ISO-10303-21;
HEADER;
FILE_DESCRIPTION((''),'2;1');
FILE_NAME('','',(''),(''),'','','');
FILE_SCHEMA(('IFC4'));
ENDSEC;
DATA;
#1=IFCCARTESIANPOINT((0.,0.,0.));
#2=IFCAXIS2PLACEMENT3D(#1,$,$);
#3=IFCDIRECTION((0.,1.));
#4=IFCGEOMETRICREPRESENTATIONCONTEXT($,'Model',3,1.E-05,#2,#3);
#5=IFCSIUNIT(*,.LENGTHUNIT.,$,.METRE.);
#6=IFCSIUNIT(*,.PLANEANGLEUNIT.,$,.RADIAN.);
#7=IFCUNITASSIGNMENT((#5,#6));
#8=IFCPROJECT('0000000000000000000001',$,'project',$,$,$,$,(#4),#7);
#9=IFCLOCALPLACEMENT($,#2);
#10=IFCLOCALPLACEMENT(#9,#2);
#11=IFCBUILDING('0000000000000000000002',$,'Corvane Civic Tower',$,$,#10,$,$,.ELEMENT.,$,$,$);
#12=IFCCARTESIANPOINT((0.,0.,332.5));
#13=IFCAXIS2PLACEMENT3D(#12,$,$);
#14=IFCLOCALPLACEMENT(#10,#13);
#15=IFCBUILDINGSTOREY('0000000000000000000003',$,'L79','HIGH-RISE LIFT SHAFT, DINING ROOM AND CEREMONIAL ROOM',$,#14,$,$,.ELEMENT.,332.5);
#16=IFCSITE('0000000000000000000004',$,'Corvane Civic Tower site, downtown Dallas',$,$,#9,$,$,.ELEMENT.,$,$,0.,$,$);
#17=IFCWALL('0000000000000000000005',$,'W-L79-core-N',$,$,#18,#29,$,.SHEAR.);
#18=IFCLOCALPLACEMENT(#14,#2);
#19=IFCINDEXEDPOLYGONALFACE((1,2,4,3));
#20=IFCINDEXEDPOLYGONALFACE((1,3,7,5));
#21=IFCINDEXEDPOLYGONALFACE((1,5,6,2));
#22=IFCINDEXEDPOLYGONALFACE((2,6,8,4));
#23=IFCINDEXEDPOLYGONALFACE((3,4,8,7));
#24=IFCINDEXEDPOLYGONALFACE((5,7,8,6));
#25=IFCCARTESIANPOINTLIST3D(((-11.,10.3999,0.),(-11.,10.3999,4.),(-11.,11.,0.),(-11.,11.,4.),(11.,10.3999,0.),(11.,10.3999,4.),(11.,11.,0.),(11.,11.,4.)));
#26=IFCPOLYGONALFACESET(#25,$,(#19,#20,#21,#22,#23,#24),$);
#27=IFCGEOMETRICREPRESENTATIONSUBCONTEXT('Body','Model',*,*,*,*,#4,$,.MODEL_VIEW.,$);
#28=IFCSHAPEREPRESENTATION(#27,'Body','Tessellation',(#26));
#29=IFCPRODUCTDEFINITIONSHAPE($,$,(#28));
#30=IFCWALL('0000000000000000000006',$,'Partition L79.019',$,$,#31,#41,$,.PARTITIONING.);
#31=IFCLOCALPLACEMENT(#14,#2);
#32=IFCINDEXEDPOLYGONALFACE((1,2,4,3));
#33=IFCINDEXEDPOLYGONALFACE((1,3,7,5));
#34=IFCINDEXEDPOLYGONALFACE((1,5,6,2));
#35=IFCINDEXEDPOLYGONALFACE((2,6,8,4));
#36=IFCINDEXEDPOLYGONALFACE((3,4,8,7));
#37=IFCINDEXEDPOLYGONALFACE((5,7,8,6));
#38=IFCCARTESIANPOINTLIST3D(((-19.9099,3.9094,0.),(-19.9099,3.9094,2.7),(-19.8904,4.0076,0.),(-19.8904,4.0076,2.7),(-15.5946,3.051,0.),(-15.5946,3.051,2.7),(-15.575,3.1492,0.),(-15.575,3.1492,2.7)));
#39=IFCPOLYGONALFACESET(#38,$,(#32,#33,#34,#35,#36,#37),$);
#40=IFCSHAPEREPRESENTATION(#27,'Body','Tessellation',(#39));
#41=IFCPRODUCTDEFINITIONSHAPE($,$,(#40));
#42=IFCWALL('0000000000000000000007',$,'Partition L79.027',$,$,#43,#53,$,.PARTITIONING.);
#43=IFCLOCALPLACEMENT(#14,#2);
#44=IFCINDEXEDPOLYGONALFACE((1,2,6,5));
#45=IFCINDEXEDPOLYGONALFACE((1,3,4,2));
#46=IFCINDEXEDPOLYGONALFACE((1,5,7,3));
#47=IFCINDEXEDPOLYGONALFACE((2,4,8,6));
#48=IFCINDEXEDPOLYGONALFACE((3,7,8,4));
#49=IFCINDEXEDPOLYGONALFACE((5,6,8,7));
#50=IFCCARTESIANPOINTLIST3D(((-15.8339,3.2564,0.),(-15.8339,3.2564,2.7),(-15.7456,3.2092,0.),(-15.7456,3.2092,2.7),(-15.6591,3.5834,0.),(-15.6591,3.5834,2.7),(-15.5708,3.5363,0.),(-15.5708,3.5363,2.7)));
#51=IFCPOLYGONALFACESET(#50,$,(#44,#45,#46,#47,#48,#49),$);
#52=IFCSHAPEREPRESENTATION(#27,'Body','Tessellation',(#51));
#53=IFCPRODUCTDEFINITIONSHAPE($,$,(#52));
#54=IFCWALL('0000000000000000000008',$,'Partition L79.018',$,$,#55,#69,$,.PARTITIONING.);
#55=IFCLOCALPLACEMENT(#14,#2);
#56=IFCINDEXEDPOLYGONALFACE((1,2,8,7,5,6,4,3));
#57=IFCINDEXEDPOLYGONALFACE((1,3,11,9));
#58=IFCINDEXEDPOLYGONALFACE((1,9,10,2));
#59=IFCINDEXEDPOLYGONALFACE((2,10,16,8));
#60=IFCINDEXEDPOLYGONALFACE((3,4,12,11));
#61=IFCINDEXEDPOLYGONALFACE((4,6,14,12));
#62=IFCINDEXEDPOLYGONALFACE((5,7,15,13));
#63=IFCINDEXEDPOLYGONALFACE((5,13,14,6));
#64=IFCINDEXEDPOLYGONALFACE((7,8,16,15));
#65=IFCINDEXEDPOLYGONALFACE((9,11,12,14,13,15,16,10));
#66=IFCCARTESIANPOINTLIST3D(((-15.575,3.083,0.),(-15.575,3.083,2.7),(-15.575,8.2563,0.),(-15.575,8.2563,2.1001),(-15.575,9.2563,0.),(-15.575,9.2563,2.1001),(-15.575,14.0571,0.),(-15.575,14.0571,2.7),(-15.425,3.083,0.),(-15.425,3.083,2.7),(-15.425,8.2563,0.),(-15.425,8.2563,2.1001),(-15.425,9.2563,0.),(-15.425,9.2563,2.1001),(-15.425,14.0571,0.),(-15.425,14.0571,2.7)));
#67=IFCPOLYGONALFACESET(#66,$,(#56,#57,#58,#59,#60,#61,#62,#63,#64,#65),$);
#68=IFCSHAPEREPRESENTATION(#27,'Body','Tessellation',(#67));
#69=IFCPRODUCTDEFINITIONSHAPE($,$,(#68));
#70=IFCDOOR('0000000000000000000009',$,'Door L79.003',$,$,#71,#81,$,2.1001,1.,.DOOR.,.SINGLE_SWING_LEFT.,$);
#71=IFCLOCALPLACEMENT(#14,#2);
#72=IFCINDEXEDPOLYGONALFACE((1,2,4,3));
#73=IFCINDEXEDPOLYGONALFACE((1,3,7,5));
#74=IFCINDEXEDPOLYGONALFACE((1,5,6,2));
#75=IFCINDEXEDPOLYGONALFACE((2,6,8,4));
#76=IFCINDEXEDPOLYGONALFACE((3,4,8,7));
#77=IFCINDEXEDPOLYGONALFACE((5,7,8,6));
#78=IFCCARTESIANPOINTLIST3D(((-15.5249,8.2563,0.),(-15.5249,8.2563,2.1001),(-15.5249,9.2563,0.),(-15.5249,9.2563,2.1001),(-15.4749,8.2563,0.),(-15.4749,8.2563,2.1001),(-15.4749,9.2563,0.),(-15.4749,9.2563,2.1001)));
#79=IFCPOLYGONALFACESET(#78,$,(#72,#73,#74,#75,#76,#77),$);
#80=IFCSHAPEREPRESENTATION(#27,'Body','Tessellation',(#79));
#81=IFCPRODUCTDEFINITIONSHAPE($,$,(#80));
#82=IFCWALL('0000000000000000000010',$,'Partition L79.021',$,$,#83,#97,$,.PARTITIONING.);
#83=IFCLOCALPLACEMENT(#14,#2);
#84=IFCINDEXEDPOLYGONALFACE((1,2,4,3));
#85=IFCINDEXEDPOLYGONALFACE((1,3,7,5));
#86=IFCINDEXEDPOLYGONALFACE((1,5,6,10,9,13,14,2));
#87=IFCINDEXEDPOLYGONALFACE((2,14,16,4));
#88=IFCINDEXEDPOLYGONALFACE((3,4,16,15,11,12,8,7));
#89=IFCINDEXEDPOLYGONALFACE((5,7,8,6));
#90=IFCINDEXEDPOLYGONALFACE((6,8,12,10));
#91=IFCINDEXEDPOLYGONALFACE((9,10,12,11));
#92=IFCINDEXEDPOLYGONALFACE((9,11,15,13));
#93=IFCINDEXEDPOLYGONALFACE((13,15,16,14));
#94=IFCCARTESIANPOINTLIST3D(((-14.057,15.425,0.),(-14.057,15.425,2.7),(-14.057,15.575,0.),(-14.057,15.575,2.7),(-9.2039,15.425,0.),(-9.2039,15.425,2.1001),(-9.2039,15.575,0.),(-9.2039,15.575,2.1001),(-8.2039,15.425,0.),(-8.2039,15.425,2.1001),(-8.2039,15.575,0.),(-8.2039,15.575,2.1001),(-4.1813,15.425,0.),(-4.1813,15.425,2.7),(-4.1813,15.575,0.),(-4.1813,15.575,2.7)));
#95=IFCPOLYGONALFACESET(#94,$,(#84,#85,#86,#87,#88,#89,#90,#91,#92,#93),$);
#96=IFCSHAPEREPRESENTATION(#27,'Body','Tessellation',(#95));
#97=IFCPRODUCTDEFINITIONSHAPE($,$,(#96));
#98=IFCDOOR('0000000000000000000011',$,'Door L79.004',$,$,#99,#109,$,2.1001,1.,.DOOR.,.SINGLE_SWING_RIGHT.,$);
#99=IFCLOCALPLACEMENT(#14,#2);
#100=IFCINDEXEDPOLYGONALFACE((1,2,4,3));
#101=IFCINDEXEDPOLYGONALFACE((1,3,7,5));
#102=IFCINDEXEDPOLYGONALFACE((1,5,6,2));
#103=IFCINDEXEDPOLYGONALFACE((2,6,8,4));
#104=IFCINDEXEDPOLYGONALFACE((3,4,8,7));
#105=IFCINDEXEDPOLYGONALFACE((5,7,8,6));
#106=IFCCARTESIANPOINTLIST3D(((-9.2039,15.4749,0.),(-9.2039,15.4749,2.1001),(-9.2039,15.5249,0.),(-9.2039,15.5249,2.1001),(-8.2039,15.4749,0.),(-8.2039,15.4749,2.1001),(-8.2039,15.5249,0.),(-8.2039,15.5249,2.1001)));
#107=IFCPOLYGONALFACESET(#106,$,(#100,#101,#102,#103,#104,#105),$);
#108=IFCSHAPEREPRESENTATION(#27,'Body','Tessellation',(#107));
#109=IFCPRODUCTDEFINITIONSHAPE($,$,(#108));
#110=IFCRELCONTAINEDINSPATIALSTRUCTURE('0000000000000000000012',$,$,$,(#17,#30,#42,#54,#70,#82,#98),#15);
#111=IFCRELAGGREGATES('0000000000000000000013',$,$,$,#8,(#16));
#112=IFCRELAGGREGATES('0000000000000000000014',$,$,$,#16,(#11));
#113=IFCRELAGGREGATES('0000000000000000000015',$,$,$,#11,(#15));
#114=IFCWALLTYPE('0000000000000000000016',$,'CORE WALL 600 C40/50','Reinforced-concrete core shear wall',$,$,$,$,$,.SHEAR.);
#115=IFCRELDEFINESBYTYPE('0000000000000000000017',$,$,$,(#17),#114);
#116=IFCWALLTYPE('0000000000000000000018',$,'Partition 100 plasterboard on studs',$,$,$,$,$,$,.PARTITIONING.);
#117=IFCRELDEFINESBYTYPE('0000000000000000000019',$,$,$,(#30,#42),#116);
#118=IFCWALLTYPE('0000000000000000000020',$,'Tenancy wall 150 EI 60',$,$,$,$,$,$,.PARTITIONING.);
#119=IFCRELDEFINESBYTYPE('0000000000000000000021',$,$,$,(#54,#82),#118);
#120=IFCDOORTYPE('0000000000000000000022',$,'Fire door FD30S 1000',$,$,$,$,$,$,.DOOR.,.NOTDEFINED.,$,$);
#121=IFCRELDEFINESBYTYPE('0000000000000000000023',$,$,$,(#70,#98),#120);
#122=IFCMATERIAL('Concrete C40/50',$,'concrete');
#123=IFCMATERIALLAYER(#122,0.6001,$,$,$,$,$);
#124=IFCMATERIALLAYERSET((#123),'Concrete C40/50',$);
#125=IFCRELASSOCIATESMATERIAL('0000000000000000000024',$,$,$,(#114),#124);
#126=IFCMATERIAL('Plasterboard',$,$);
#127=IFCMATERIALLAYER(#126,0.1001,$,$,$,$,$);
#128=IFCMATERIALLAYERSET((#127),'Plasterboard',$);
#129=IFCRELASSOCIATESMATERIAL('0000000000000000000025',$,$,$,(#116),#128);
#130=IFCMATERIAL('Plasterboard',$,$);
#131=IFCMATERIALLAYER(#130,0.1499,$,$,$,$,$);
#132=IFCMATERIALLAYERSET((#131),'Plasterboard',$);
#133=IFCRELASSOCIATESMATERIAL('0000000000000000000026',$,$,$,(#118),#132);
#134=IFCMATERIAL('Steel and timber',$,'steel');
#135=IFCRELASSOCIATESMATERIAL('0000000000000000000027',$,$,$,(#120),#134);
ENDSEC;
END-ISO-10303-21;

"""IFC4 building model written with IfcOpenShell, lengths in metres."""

from ifc_helpers import new_model, si_unit, direction, frame, frame_2d, origin, place, context, subcontext, project, spatial, rectangle, extrude, material, layer, layer_set, type_object, element, fill, save


model = new_model("IFC4")

# Units and contexts
model_context = context("Model", 3, precision=1e-05, world=origin(), true_north=direction((0.0, 1.0)))
body_context = subcontext(model_context, "Body", "Model", "MODEL_VIEW")
ifc_project = project(units=[si_unit("LENGTHUNIT", "METRE"), si_unit("PLANEANGLEUNIT", "RADIAN")], contexts=[model_context])

# Site, building, storey
site_placement = place(None, origin())
site = spatial("IfcSite", under=ifc_project, at=site_placement, Name="Corvane Civic Tower site, downtown Dallas", CompositionType="ELEMENT", RefElevation=0.0)
building_placement = place(site_placement, origin())
building = spatial("IfcBuilding", under=site, at=building_placement, Name="Corvane Civic Tower", CompositionType="ELEMENT")
storey_placement = place(building_placement, frame((0.0, 0.0, 332.5)))
storey = spatial("IfcBuildingStorey", under=building, at=storey_placement, Name="L79", Description="HIGH-RISE LIFT SHAFT, DINING ROOM AND CEREMONIAL ROOM", CompositionType="ELEMENT", Elevation=332.5)

# Walls
ifc_material_1 = material(Name="Concrete C40/50", Category="concrete")
ifc_layer_1 = layer(ifc_material_1, 0.6001)
ifc_layer_set_1 = layer_set([ifc_layer_1], Name="Concrete C40/50")
wall_type_1 = type_object("IfcWallType", Name="CORE WALL 600 C40/50", Description="Reinforced-concrete core shear wall", PredefinedType="SHEAR", material=ifc_layer_set_1)
wall_1_placement = place(storey_placement, frame((-11.0, 10.7, 0.0), z_axis=(0.0, 0.0, 1.0), x_axis=(1.0, 0.0, 0.0)))
element("IfcWall", 1, at=wall_1_placement, inside=storey, type_object=wall_type_1, Name="W-L79-core-N", PredefinedType="SHEAR", context=body_context, shape_type="SweptSolid", body=[
    extrude(rectangle(XDim=22.0, YDim=0.6001, at=frame_2d((11.0, 0.0))), origin(), (0.0, 0.0, 1.0), 4.0),
])
ifc_material_2 = material(Name="Plasterboard")
ifc_layer_2 = layer(ifc_material_2, 0.1001)
ifc_layer_set_2 = layer_set([ifc_layer_2], Name="Plasterboard")
wall_type_2 = type_object("IfcWallType", Name="Partition 100 plasterboard on studs", PredefinedType="PARTITIONING", material=ifc_layer_set_2)
wall_2_placement = place(storey_placement, frame((-19.9001, 3.9585, 0.0), z_axis=(0.0, 0.0, 1.0), x_axis=(0.980785, -0.195092, 0.0)))
element("IfcWall", 2, at=wall_2_placement, inside=storey, type_object=wall_type_2, Name="Partition L79.019", PredefinedType="PARTITIONING", context=body_context, shape_type="SweptSolid", body=[
    extrude(rectangle(XDim=4.3999, YDim=0.1001, at=frame_2d((2.2, 0.0))), origin(), (0.0, 0.0, 1.0), 2.7),
])
wall_3_placement = place(storey_placement, frame((-15.7898, 3.2327, 0.0), z_axis=(0.0, 0.0, 1.0), x_axis=(0.471271, 0.881988, 0.0)))
element("IfcWall", 3, at=wall_3_placement, inside=storey, type_object=wall_type_2, Name="Partition L79.027", PredefinedType="PARTITIONING", context=body_context, shape_type="SweptSolid", body=[
    extrude(rectangle(XDim=0.3708, YDim=0.1001, at=frame_2d((0.1855, 0.0))), origin(), (0.0, 0.0, 1.0), 2.7),
])

# Walls, openings, doors
ifc_material_3 = material(Name="Plasterboard")
ifc_layer_3 = layer(ifc_material_3, 0.1499)
ifc_layer_set_3 = layer_set([ifc_layer_3], Name="Plasterboard")
wall_type_3 = type_object("IfcWallType", Name="Tenancy wall 150 EI 60", PredefinedType="PARTITIONING", material=ifc_layer_set_3)
wall_4_placement = place(storey_placement, frame((-15.5, 3.083, 0.0), z_axis=(0.0, 0.0, 1.0), x_axis=(0.0, 1.0, 0.0)))
wall_4 = element("IfcWall", 4, at=wall_4_placement, inside=storey, type_object=wall_type_3, Name="Partition L79.018", PredefinedType="PARTITIONING", context=body_context, shape_type="SweptSolid", body=[
    extrude(rectangle(XDim=10.9741, YDim=0.1499, at=frame_2d((5.4871, 0.0))), origin(), (0.0, 0.0, 1.0), 2.7),
])
opening_1_placement = place(wall_4_placement, frame((5.1733, 0.0, 0.0)))
opening_1 = element("IfcOpeningElement", 5, at=opening_1_placement, cuts=wall_4, PredefinedType="OPENING", context=body_context, shape_type="SweptSolid", body=[
    extrude(rectangle(XDim=1.0, YDim=2.1001, at=frame_2d((0.5, 1.05))), frame((0.0, 0.085, 0.0), z_axis=(0.0, -1.0, 0.0), x_axis=(1.0, 0.0, 0.0)), (0.0, 0.0, 1.0), 0.1699),
])
ifc_material_4 = material(Name="Steel and timber", Category="steel")
door_type = type_object("IfcDoorType", Name="Fire door FD30S 1000", OperationType="NOTDEFINED", PredefinedType="DOOR", material=ifc_material_4)
door_1_placement = place(opening_1_placement, origin())
door_1 = element("IfcDoor", 6, at=door_1_placement, inside=storey, type_object=door_type, Name="Door L79.003", OperationType="SINGLE_SWING_LEFT", OverallHeight=2.1001, OverallWidth=1.0, PredefinedType="DOOR", context=body_context, shape_type="SweptSolid", body=[
    extrude(rectangle(XDim=1.0, YDim=2.1001, at=frame_2d((0.5, 1.05))), frame((0.0, 0.0249, 0.0), z_axis=(0.0, -1.0, 0.0), x_axis=(1.0, 0.0, 0.0)), (0.0, 0.0, 1.0), 0.05),
])
fill(opening_1, door_1)
wall_5_placement = place(storey_placement, frame((-14.0571, 15.5, 0.0), z_axis=(0.0, 0.0, 1.0), x_axis=(1.0, 0.0, 0.0)))
wall_5 = element("IfcWall", 7, at=wall_5_placement, inside=storey, type_object=wall_type_3, Name="Partition L79.021", PredefinedType="PARTITIONING", context=body_context, shape_type="SweptSolid", body=[
    extrude(rectangle(XDim=9.8757, YDim=0.1499, at=frame_2d((4.938, 0.0))), origin(), (0.0, 0.0, 1.0), 2.7),
])
opening_2_placement = place(wall_5_placement, frame((4.8533, 0.0, 0.0)))
opening_2 = element("IfcOpeningElement", 8, at=opening_2_placement, cuts=wall_5, PredefinedType="OPENING", context=body_context, shape_type="SweptSolid", body=[
    extrude(rectangle(XDim=1.0, YDim=2.1001, at=frame_2d((0.5, 1.05))), frame((0.0, 0.085, 0.0), z_axis=(0.0, -1.0, 0.0), x_axis=(1.0, 0.0, 0.0)), (0.0, 0.0, 1.0), 0.1699),
])
door_2_placement = place(opening_2_placement, origin())
door_2 = element("IfcDoor", 9, at=door_2_placement, inside=storey, type_object=door_type, Name="Door L79.004", OperationType="SINGLE_SWING_RIGHT", OverallHeight=2.1001, OverallWidth=1.0, PredefinedType="DOOR", context=body_context, shape_type="SweptSolid", body=[
    extrude(rectangle(XDim=1.0, YDim=2.1001, at=frame_2d((0.5, 1.05))), frame((0.0, 0.0249, 0.0), z_axis=(0.0, -1.0, 0.0), x_axis=(1.0, 0.0, 0.0)), (0.0, 0.0, 1.0), 0.05),
])
fill(opening_2, door_2)

save(model, "model.ifc")
